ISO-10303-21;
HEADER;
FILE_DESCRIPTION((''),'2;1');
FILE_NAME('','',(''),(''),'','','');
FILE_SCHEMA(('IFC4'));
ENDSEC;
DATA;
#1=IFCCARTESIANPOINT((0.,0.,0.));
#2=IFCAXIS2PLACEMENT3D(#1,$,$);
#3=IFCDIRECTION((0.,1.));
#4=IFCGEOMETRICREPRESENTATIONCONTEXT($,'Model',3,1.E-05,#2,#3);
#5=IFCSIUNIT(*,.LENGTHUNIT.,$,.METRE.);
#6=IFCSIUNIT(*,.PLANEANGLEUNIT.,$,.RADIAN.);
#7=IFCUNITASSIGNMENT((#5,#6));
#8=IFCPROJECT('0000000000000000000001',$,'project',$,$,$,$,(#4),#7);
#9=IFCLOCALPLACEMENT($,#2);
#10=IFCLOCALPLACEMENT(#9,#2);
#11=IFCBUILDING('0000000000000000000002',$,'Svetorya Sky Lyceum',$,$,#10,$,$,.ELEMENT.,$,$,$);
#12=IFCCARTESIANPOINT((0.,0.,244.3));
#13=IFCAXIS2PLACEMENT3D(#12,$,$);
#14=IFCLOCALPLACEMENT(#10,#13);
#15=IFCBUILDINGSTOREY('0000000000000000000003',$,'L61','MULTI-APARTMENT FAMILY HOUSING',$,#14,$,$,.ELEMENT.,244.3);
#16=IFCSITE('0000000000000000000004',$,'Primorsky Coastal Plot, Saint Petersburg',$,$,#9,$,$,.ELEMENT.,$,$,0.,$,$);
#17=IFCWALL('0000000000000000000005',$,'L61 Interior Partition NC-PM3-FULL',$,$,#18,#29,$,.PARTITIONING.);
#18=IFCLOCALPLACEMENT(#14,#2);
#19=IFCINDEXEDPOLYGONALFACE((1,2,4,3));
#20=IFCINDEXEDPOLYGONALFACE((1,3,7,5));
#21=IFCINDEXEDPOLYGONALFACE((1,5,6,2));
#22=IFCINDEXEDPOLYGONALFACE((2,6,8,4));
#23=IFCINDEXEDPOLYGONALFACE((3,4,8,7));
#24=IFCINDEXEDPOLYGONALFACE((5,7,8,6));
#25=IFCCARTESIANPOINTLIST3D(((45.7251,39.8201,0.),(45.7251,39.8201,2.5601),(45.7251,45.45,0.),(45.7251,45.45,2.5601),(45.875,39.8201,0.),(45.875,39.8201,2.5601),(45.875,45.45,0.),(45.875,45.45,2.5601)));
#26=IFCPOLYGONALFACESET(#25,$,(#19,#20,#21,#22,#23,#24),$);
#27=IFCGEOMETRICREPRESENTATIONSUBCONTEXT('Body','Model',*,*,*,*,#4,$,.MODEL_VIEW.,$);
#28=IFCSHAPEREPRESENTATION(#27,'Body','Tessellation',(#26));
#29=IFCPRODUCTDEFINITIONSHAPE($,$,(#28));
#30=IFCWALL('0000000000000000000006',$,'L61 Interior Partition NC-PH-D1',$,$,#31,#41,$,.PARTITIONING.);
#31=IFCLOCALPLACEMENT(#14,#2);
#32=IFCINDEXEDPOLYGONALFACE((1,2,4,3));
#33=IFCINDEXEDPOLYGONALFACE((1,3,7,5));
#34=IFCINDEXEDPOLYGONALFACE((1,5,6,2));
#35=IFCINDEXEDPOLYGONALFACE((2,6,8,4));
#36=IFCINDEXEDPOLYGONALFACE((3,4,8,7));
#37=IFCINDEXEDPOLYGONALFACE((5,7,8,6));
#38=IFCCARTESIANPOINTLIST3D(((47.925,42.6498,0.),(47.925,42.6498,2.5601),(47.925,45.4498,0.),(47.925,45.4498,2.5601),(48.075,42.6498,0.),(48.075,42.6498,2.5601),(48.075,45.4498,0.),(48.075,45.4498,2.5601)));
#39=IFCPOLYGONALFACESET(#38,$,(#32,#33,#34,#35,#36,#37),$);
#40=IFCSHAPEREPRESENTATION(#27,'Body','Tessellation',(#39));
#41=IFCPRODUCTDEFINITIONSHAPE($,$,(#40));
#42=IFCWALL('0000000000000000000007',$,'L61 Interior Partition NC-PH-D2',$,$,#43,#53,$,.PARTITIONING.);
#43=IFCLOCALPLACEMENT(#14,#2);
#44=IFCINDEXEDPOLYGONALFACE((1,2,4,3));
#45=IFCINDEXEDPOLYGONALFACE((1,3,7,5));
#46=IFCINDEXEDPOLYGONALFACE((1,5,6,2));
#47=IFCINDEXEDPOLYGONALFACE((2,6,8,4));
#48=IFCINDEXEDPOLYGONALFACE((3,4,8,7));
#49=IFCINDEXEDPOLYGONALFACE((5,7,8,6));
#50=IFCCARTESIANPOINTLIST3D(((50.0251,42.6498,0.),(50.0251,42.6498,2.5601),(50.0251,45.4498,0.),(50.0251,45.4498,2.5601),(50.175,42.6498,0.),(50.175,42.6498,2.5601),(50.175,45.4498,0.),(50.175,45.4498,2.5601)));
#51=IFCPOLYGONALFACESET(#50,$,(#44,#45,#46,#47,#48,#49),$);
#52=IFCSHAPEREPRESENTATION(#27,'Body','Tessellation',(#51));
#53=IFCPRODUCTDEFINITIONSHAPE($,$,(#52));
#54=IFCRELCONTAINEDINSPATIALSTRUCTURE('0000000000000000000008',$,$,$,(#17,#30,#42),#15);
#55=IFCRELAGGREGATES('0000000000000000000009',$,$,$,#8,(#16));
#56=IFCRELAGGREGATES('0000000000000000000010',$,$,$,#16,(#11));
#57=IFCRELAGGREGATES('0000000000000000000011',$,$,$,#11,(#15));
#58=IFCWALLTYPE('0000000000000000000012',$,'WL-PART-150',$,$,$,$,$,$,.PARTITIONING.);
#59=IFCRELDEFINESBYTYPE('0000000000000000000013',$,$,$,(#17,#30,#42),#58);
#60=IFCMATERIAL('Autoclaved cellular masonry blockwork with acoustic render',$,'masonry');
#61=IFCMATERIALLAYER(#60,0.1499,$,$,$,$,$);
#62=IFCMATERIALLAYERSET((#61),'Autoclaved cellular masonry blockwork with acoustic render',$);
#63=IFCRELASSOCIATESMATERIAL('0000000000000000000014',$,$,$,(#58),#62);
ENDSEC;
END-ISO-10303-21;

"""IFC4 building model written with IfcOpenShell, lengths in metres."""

from ifc_helpers import new_model, si_unit, direction, frame, frame_2d, origin, place, context, subcontext, project, spatial, rectangle, extrude, material, layer, layer_set, type_object, element, save


model = new_model("IFC4")

# Units and contexts
model_context = context("Model", 3, precision=1e-05, world=origin(), true_north=direction((0.0, 1.0)))
body_context = subcontext(model_context, "Body", "Model", "MODEL_VIEW")
ifc_project = project(units=[si_unit("LENGTHUNIT", "METRE"), si_unit("PLANEANGLEUNIT", "RADIAN")], contexts=[model_context])

# Site, building, storey
site_placement = place(None, origin())
site = spatial("IfcSite", under=ifc_project, at=site_placement, Name="Primorsky Coastal Plot, Saint Petersburg", CompositionType="ELEMENT", RefElevation=0.0)
building_placement = place(site_placement, origin())
building = spatial("IfcBuilding", under=site, at=building_placement, Name="Svetorya Sky Lyceum", CompositionType="ELEMENT")
storey_placement = place(building_placement, frame((0.0, 0.0, 244.3)))
storey = spatial("IfcBuildingStorey", under=building, at=storey_placement, Name="L61", Description="MULTI-APARTMENT FAMILY HOUSING", CompositionType="ELEMENT", Elevation=244.3)

# Walls
ifc_material_1 = material(Name="Autoclaved cellular masonry blockwork with acoustic render", Category="masonry")
ifc_layer_1 = layer(ifc_material_1, 0.1499)
ifc_layer_set_1 = layer_set([ifc_layer_1], Name="Autoclaved cellular masonry blockwork with acoustic render")
wall_type_1 = type_object("IfcWallType", Name="WL-PART-150", PredefinedType="PARTITIONING", material=ifc_layer_set_1)
for number, where, z_axis, x_axis, name in (
    (1, (45.8, 39.8201, 0.0), (0.0, 0.0, 1.0), (0.0, 1.0, 0.0), "L61 Interior Partition NC-PM3-FULL"),
):
    element("IfcWall", number, at=place(storey_placement, frame(where, z_axis=z_axis, x_axis=x_axis)), inside=storey, type_object=wall_type_1, Name=name, PredefinedType="PARTITIONING", context=body_context, shape_type="SweptSolid", body=[
        extrude(rectangle(XDim=5.6299, YDim=0.1499, at=frame_2d((2.8149, 0.0))), origin(), (0.0, 0.0, 1.0), 2.5601),
    ])
for number, where, z_axis, x_axis, name in (
    (2, (48.0, 42.6499, 0.0), (0.0, 0.0, 1.0), (0.0, 1.0, 0.0), "L61 Interior Partition NC-PH-D1"),
    (3, (50.1001, 42.6499, 0.0), (0.0, 0.0, 1.0), (0.0, 1.0, 0.0), "L61 Interior Partition NC-PH-D2"),
):
    element("IfcWall", number, at=place(storey_placement, frame(where, z_axis=z_axis, x_axis=x_axis)), inside=storey, type_object=wall_type_1, Name=name, PredefinedType="PARTITIONING", context=body_context, shape_type="SweptSolid", body=[
        extrude(rectangle(XDim=2.8, YDim=0.1499, at=frame_2d((1.3999, 0.0))), origin(), (0.0, 0.0, 1.0), 2.5601),
    ])

save(model, "model.ifc")
